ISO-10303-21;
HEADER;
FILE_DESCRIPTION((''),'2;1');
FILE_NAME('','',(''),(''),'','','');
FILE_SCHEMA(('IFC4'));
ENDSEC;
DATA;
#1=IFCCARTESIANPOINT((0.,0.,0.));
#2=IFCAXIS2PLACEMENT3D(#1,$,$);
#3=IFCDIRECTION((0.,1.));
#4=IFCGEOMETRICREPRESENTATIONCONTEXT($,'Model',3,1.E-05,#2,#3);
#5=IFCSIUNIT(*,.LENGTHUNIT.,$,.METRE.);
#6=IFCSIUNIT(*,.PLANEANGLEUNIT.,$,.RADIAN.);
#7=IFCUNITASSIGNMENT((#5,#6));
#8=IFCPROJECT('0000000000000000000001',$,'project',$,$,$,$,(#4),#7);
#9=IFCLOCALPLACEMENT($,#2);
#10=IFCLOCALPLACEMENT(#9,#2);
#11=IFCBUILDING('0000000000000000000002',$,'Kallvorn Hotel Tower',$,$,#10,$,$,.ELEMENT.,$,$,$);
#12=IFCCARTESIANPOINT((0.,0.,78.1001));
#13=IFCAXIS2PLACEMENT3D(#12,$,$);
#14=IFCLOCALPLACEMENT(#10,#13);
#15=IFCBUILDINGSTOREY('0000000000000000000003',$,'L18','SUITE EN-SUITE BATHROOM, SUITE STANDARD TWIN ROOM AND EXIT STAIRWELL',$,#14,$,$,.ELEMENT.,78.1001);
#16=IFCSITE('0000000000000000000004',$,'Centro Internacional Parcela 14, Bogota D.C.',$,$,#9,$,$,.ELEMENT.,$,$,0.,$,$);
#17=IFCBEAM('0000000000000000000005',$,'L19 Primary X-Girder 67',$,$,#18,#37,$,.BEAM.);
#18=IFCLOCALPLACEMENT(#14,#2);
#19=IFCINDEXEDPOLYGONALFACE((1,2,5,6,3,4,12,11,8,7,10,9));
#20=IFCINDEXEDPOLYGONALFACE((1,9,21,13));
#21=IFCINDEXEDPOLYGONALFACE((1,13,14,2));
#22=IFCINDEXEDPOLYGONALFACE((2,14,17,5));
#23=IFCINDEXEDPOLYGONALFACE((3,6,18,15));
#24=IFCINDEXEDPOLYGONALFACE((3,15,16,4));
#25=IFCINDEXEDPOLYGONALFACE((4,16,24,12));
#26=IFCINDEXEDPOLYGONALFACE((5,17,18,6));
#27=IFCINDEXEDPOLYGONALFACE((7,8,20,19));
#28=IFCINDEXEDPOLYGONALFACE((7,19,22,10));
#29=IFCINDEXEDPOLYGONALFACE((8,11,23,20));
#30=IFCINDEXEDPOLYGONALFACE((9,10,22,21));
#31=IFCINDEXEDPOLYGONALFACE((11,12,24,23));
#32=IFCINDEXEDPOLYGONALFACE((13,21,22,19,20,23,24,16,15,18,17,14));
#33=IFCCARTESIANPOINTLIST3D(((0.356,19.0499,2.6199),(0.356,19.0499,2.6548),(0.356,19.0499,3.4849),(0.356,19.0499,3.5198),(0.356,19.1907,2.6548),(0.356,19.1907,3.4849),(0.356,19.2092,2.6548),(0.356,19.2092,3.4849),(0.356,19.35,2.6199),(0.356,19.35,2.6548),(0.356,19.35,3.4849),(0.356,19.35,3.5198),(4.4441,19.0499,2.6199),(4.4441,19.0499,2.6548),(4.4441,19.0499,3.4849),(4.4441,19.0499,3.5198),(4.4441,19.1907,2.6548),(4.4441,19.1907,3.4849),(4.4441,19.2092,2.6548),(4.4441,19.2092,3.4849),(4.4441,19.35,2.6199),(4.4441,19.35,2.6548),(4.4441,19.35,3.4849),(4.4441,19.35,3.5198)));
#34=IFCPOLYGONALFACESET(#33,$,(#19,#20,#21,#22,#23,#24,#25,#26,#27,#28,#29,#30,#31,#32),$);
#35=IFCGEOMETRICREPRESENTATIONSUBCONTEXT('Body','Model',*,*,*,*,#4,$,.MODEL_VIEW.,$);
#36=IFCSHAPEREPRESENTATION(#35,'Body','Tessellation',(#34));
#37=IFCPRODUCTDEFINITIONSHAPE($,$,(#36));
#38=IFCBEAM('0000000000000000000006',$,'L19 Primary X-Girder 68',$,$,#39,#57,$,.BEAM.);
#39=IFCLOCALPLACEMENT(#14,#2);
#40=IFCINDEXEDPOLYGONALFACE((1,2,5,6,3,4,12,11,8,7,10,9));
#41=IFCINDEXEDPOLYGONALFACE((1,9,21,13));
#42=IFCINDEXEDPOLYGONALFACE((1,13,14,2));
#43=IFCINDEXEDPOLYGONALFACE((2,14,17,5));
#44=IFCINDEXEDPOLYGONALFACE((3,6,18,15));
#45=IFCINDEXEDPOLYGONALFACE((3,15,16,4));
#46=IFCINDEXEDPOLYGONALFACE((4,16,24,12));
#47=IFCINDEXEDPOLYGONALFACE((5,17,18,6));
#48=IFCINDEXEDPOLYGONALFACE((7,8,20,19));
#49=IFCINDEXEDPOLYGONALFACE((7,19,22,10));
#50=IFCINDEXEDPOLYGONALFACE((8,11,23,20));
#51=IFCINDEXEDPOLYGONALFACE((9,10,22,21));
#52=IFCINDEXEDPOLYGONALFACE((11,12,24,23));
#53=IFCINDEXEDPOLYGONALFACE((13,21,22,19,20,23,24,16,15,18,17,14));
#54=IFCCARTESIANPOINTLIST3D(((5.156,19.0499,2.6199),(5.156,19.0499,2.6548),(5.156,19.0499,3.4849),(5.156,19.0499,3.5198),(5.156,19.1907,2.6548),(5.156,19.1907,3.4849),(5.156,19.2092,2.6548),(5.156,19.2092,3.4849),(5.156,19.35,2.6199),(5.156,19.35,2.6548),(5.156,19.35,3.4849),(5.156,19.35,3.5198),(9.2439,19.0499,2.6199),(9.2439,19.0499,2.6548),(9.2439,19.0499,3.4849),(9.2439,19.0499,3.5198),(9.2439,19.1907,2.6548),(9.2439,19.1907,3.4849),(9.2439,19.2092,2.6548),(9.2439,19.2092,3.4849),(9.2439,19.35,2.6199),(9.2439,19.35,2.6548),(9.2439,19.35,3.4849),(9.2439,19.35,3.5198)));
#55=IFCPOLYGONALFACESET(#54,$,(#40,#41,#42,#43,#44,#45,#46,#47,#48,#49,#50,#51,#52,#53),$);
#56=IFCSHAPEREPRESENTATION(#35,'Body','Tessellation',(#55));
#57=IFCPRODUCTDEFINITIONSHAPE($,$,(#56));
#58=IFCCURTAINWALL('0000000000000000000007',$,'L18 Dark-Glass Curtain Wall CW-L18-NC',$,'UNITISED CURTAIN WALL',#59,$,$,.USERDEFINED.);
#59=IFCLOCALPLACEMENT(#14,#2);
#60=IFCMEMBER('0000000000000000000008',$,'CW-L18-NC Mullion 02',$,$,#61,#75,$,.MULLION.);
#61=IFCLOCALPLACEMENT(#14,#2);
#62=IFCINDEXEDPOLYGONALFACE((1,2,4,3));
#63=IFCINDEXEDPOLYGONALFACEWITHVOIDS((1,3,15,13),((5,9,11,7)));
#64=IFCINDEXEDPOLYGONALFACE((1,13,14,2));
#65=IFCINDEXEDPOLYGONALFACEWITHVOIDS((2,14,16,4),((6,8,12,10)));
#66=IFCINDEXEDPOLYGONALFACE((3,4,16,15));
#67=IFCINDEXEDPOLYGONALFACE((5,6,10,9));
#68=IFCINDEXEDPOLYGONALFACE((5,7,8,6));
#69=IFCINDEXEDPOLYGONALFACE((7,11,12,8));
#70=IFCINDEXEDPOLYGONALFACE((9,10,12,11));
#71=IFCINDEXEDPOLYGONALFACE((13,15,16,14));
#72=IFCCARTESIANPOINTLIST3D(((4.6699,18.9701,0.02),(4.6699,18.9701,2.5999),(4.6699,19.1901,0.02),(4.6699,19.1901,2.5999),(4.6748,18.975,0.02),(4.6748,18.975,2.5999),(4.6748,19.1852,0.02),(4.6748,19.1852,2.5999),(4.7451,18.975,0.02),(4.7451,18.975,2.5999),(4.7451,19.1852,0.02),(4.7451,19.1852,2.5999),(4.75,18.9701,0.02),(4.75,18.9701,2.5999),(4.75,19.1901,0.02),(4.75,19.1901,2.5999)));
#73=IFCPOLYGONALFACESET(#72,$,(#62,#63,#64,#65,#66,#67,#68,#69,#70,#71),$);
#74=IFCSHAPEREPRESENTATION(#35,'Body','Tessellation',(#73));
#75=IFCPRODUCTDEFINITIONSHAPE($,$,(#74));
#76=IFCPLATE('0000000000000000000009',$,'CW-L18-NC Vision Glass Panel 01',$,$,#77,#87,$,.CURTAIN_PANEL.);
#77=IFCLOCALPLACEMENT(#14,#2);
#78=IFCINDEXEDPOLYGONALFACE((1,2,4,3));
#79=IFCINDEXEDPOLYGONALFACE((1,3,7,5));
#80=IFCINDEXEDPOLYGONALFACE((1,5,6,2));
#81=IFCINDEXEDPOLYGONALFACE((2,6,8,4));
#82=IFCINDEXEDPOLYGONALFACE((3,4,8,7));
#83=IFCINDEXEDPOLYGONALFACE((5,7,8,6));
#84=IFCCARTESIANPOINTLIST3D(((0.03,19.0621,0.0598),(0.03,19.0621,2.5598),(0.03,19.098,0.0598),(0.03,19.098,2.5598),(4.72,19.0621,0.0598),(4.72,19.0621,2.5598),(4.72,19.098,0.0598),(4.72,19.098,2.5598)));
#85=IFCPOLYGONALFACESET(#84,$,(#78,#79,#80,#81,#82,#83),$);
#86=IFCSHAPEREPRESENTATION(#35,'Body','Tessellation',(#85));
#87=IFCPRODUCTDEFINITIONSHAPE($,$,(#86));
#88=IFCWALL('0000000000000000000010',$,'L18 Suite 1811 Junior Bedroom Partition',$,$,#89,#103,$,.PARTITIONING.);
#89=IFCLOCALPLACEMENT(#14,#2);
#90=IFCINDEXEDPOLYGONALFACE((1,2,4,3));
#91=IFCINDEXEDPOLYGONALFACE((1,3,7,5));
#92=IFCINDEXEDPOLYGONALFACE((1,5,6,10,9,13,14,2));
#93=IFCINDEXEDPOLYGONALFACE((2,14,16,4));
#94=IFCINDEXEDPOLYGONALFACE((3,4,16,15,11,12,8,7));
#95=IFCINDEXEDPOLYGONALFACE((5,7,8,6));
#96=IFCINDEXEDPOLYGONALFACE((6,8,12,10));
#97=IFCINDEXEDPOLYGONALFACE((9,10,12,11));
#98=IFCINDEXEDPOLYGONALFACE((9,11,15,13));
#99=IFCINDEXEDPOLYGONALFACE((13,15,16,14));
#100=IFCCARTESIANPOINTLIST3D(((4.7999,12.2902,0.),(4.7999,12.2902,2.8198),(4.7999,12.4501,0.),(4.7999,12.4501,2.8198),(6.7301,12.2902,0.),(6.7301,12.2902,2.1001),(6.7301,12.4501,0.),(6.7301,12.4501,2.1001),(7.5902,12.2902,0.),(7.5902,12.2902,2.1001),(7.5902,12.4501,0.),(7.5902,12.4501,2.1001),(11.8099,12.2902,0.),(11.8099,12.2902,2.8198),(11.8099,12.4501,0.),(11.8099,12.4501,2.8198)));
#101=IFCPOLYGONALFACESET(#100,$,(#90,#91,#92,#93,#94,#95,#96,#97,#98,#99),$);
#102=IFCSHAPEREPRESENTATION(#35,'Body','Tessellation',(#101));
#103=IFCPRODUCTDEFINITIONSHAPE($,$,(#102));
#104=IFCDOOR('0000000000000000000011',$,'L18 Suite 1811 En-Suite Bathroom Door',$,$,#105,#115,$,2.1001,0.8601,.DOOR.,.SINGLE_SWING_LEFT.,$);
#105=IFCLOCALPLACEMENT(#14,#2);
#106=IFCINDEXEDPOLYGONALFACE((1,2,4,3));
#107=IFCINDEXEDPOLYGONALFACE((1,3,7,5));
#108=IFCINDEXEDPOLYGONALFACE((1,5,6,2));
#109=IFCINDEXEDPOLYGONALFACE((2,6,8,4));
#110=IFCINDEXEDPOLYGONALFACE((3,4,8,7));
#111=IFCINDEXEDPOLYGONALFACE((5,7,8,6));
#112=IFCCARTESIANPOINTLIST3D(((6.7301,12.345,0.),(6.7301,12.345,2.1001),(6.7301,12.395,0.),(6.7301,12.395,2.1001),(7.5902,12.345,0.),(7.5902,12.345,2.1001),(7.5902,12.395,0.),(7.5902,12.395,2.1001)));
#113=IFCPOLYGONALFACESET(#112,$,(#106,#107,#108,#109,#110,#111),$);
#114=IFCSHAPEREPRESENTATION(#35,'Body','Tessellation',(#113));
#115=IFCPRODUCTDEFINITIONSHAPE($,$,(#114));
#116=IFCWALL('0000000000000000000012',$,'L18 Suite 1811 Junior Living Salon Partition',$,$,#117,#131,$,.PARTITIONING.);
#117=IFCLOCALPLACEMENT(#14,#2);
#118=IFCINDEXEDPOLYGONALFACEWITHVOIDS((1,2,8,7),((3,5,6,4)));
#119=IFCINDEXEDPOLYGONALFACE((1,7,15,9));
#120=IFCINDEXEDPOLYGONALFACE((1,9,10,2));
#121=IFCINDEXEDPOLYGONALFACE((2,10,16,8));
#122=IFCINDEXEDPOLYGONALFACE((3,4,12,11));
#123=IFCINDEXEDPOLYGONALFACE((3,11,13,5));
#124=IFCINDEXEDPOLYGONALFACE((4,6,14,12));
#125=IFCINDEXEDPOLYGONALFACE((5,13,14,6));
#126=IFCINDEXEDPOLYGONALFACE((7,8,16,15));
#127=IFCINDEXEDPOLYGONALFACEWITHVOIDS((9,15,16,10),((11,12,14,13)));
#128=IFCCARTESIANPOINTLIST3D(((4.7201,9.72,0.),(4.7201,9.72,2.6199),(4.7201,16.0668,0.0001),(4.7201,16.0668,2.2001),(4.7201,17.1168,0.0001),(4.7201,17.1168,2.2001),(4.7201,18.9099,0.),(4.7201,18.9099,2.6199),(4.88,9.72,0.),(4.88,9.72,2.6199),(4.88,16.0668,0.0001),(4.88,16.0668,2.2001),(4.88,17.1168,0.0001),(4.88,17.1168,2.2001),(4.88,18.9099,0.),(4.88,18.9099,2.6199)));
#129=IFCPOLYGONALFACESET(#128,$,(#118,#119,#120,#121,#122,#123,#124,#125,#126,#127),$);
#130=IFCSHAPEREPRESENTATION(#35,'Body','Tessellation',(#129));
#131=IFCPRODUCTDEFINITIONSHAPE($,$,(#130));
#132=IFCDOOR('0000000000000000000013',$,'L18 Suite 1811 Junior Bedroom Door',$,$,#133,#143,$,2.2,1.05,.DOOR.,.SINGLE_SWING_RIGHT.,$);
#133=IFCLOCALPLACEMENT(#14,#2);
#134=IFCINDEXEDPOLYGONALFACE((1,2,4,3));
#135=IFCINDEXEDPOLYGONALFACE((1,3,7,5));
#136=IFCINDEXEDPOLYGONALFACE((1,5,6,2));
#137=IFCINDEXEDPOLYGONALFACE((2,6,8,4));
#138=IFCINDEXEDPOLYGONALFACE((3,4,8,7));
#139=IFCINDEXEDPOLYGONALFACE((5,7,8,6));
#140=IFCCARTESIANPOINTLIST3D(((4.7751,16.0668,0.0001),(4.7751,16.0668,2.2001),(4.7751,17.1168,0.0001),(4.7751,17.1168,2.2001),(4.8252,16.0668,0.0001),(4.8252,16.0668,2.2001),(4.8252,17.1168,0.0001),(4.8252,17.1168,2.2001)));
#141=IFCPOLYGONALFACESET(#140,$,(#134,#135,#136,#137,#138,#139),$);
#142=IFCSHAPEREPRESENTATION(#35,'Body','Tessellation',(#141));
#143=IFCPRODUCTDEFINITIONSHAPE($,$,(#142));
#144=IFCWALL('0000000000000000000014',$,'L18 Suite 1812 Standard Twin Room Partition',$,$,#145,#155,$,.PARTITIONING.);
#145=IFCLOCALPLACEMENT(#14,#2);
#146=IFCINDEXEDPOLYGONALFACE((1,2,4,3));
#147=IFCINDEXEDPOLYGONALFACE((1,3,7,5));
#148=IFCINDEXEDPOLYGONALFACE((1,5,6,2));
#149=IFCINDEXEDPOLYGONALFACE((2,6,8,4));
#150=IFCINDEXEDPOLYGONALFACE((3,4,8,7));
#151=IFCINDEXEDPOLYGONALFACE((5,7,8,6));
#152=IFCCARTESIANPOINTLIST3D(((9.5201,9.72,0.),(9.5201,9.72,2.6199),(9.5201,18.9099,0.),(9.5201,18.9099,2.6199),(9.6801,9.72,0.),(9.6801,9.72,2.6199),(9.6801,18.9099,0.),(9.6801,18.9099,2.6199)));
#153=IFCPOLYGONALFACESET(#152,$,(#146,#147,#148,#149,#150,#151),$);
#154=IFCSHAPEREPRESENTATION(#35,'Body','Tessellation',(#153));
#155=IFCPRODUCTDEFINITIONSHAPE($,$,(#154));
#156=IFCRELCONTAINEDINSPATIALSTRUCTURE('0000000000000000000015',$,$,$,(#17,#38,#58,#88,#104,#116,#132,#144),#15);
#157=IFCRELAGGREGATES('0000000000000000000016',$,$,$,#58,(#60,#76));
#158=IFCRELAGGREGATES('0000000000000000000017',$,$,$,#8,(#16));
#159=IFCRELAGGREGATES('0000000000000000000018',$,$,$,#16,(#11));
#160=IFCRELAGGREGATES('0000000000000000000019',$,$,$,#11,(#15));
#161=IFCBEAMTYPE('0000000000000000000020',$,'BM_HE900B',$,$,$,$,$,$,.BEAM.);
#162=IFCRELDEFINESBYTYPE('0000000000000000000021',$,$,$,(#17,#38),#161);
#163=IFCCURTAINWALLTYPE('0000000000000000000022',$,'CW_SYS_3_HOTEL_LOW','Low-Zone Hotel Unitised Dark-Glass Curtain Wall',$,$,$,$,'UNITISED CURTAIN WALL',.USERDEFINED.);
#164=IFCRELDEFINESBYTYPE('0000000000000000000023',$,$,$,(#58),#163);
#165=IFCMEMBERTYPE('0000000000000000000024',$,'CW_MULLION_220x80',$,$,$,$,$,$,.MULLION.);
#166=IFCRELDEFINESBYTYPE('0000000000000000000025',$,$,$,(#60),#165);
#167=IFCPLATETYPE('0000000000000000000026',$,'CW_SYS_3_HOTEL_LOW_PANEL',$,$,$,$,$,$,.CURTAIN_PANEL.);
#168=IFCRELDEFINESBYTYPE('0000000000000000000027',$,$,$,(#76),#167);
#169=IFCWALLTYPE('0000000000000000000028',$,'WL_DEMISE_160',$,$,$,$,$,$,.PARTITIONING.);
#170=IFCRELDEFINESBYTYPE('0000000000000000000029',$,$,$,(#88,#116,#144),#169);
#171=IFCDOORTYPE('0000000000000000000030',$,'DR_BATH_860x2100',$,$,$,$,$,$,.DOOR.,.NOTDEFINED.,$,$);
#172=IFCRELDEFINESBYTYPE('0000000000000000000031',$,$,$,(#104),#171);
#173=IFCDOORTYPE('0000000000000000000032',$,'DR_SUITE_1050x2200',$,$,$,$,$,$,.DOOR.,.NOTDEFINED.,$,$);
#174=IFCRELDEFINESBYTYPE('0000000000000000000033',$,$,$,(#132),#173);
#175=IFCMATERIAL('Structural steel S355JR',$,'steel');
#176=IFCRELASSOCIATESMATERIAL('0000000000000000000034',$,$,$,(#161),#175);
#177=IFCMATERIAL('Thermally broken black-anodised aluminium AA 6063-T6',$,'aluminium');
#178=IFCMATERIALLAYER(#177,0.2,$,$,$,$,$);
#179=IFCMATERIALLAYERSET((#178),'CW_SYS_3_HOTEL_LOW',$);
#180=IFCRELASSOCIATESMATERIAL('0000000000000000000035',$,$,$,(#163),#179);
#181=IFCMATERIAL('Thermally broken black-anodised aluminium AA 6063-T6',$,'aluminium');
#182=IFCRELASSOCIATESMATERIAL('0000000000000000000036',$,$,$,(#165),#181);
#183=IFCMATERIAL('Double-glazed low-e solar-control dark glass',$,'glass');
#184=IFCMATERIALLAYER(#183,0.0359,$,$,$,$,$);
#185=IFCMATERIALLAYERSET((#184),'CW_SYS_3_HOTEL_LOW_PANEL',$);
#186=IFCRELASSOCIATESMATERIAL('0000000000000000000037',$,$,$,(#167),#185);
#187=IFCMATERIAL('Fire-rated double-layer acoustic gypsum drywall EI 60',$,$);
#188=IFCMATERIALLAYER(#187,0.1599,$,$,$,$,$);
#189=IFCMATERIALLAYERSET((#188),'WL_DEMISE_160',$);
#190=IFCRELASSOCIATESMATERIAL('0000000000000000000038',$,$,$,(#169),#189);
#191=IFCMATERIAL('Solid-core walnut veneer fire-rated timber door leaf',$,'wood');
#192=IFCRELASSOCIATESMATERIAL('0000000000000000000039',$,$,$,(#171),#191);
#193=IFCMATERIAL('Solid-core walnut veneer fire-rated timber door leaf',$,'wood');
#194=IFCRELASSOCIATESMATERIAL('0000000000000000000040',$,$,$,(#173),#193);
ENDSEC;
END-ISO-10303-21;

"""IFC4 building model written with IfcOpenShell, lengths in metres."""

from ifc_helpers import new_model, si_unit, direction, frame, frame_2d, origin, origin_2d, place, context, subcontext, project, spatial, rectangle, hollow_rectangle, i_section, extrude, material, layer, layer_set, material_profile, profile_set, type_object, element, fill, aggregate, save


model = new_model("IFC4")

# Units and contexts
model_context = context("Model", 3, precision=1e-05, world=origin(), true_north=direction((0.0, 1.0)))
body_context = subcontext(model_context, "Body", "Model", "MODEL_VIEW")
ifc_project = project(units=[si_unit("LENGTHUNIT", "METRE"), si_unit("PLANEANGLEUNIT", "RADIAN")], contexts=[model_context])

# Site, building, storey
site_placement = place(None, origin())
site = spatial("IfcSite", under=ifc_project, at=site_placement, Name="Centro Internacional Parcela 14, Bogota D.C.", CompositionType="ELEMENT", RefElevation=0.0)
building_placement = place(site_placement, origin())
building = spatial("IfcBuilding", under=site, at=building_placement, Name="Kallvorn Hotel Tower", CompositionType="ELEMENT")
storey_placement = place(building_placement, frame((0.0, 0.0, 78.1001)))
storey = spatial("IfcBuildingStorey", under=building, at=storey_placement, Name="L18", Description="SUITE EN-SUITE BATHROOM, SUITE STANDARD TWIN ROOM AND EXIT STAIRWELL", CompositionType="ELEMENT", Elevation=78.1001)

# Beams
ifc_material_1 = material(Name="Structural steel S355JR", Category="steel")
ifc_material_profile_1 = material_profile(ifc_material_1, i_section(OverallWidth=0.3, OverallDepth=0.8999, WebThickness=0.0186, FlangeThickness=0.0349, at=origin_2d()), Name="HE 900 B")
ifc_profile_set_1 = profile_set([ifc_material_profile_1], Name="Structural steel S355JR")
beam_type_1 = type_object("IfcBeamType", Name="BM_HE900B", PredefinedType="BEAM", material=ifc_profile_set_1)
beam_1_placement = place(storey_placement, frame((0.356, 19.2, 3.0698), z_axis=(1.0, 0.0, 0.0), x_axis=(0.0, 1.0, 0.0)))
element("IfcBeam", 1, at=beam_1_placement, inside=storey, type_object=beam_type_1, Name="L19 Primary X-Girder 67", PredefinedType="BEAM", context=body_context, shape_type="SweptSolid", body=[
    extrude(i_section(OverallWidth=0.3, OverallDepth=0.8999, WebThickness=0.0186, FlangeThickness=0.0349, at=origin_2d()), origin(), (0.0, 0.0, 1.0), 4.0881),
])
beam_2_placement = place(storey_placement, frame((5.156, 19.2, 3.0698), z_axis=(1.0, 0.0, 0.0), x_axis=(0.0, 1.0, 0.0)))
element("IfcBeam", 2, at=beam_2_placement, inside=storey, type_object=beam_type_1, Name="L19 Primary X-Girder 68", PredefinedType="BEAM", context=body_context, shape_type="SweptSolid", body=[
    extrude(i_section(OverallWidth=0.3, OverallDepth=0.8999, WebThickness=0.0186, FlangeThickness=0.0349, at=origin_2d()), origin(), (0.0, 0.0, 1.0), 4.0879),
])

# Curtain wall, member, plate
ifc_material_2 = material(Name="Thermally broken black-anodised aluminium AA 6063-T6", Category="aluminium")
ifc_layer_1 = layer(ifc_material_2, 0.2)
ifc_layer_set_1 = layer_set([ifc_layer_1], Name="CW_SYS_3_HOTEL_LOW")
curtain_wall_type = type_object("IfcCurtainWallType", Name="CW_SYS_3_HOTEL_LOW", Description="Low-Zone Hotel Unitised Dark-Glass Curtain Wall", ElementType="UNITISED CURTAIN WALL", PredefinedType="USERDEFINED", material=ifc_layer_set_1)
curtain_wall_placement = place(storey_placement, origin())
curtain_wall = element("IfcCurtainWall", 3, at=curtain_wall_placement, inside=storey, type_object=curtain_wall_type, Name="L18 Dark-Glass Curtain Wall CW-L18-NC", ObjectType="UNITISED CURTAIN WALL", PredefinedType="USERDEFINED")
ifc_material_3 = material(Name="Thermally broken black-anodised aluminium AA 6063-T6", Category="aluminium")
ifc_material_profile_2 = material_profile(ifc_material_3, hollow_rectangle(XDim=0.0801, YDim=0.22, WallThickness=0.0049, at=origin_2d()), Name="MUL 220x80")
ifc_profile_set_2 = profile_set([ifc_material_profile_2], Name="Thermally broken black-anodised aluminium AA 6063-T6")
member_type = type_object("IfcMemberType", Name="CW_MULLION_220x80", PredefinedType="MULLION", material=ifc_profile_set_2)
member_placement = place(storey_placement, frame((4.71, 19.0801, 0.02), z_axis=(0.0, 0.0, 1.0), x_axis=(1.0, 0.0, 0.0)))
member = element("IfcMember", 4, at=member_placement, type_object=member_type, Name="CW-L18-NC Mullion 02", PredefinedType="MULLION", context=body_context, shape_type="SweptSolid", body=[
    extrude(hollow_rectangle(XDim=0.0801, YDim=0.22, WallThickness=0.0049, at=origin_2d()), origin(), (0.0, 0.0, 1.0), 2.5798),
])
ifc_material_4 = material(Name="Double-glazed low-e solar-control dark glass", Category="glass")
ifc_layer_2 = layer(ifc_material_4, 0.0359)
ifc_layer_set_2 = layer_set([ifc_layer_2], Name="CW_SYS_3_HOTEL_LOW_PANEL")
plate_type = type_object("IfcPlateType", Name="CW_SYS_3_HOTEL_LOW_PANEL", PredefinedType="CURTAIN_PANEL", material=ifc_layer_set_2)
plate_placement = place(storey_placement, frame((2.375, 19.0801, 0.0598), z_axis=(0.0, 0.0, 1.0), x_axis=(1.0, 0.0, 0.0)))
plate = element("IfcPlate", 5, at=plate_placement, type_object=plate_type, Name="CW-L18-NC Vision Glass Panel 01", PredefinedType="CURTAIN_PANEL", context=body_context, shape_type="SweptSolid", body=[
    extrude(rectangle(XDim=4.6899, YDim=0.0359, at=origin_2d()), origin(), (0.0, 0.0, 1.0), 2.5),
])
aggregate(curtain_wall, [member, plate])

# Walls, openings, doors
ifc_material_5 = material(Name="Fire-rated double-layer acoustic gypsum drywall EI 60")
ifc_layer_3 = layer(ifc_material_5, 0.1599)
ifc_layer_set_3 = layer_set([ifc_layer_3], Name="WL_DEMISE_160")
wall_type_1 = type_object("IfcWallType", Name="WL_DEMISE_160", PredefinedType="PARTITIONING", material=ifc_layer_set_3)
wall_1_placement = place(storey_placement, frame((4.8, 12.3701, 0.0), z_axis=(0.0, 0.0, 1.0), x_axis=(1.0, 0.0, 0.0)))
wall_1 = element("IfcWall", 6, at=wall_1_placement, inside=storey, type_object=wall_type_1, Name="L18 Suite 1811 Junior Bedroom Partition", PredefinedType="PARTITIONING", context=body_context, shape_type="SweptSolid", body=[
    extrude(rectangle(XDim=7.01, YDim=0.1599, at=frame_2d((3.5049, 0.0))), origin(), (0.0, 0.0, 1.0), 2.8198),
])
opening_1_placement = place(wall_1_placement, frame((1.9299, 0.0, 0.0)))
opening_1 = element("IfcOpeningElement", 7, at=opening_1_placement, cuts=wall_1, PredefinedType="OPENING", context=body_context, shape_type="SweptSolid", body=[
    extrude(rectangle(XDim=0.8601, YDim=2.1001, at=frame_2d((0.4302, 1.05))), frame((0.0, 0.095, 0.0), z_axis=(0.0, -1.0, 0.0), x_axis=(1.0, 0.0, 0.0)), (0.0, 0.0, 1.0), 0.1899),
])
ifc_material_6 = material(Name="Solid-core walnut veneer fire-rated timber door leaf", Category="wood")
door_type_1 = type_object("IfcDoorType", Name="DR_BATH_860x2100", OperationType="NOTDEFINED", PredefinedType="DOOR", material=ifc_material_6)
door_1_placement = place(opening_1_placement, origin())
door_1 = element("IfcDoor", 8, at=door_1_placement, inside=storey, type_object=door_type_1, Name="L18 Suite 1811 En-Suite Bathroom Door", OperationType="SINGLE_SWING_LEFT", OverallHeight=2.1001, OverallWidth=0.8601, PredefinedType="DOOR", context=body_context, shape_type="SweptSolid", body=[
    extrude(rectangle(XDim=0.8601, YDim=2.1001, at=frame_2d((0.4302, 1.05))), frame((0.0, 0.0249, 0.0), z_axis=(0.0, -1.0, 0.0), x_axis=(1.0, 0.0, 0.0)), (0.0, 0.0, 1.0), 0.05),
])
fill(opening_1, door_1)
wall_2_placement = place(storey_placement, frame((4.8, 9.72, 0.0), z_axis=(0.0, 0.0, 1.0), x_axis=(0.0, 1.0, 0.0)))
wall_2 = element("IfcWall", 9, at=wall_2_placement, inside=storey, type_object=wall_type_1, Name="L18 Suite 1811 Junior Living Salon Partition", PredefinedType="PARTITIONING", context=body_context, shape_type="SweptSolid", body=[
    extrude(rectangle(XDim=9.1899, YDim=0.1599, at=frame_2d((4.595, 0.0))), origin(), (0.0, 0.0, 1.0), 2.6199),
])
opening_2_placement = place(wall_2_placement, frame((6.3469, 0.0, 0.0)))
opening_2 = element("IfcOpeningElement", 10, at=opening_2_placement, cuts=wall_2, PredefinedType="OPENING", context=body_context, shape_type="SweptSolid", body=[
    extrude(rectangle(XDim=1.05, YDim=2.2, at=frame_2d((0.5249, 1.1001))), frame((0.0, 0.095, 0.0), z_axis=(0.0, -1.0, 0.0), x_axis=(1.0, 0.0, 0.0)), (0.0, 0.0, 1.0), 0.1899),
])
ifc_material_7 = material(Name="Solid-core walnut veneer fire-rated timber door leaf", Category="wood")
door_type_2 = type_object("IfcDoorType", Name="DR_SUITE_1050x2200", OperationType="NOTDEFINED", PredefinedType="DOOR", material=ifc_material_7)
door_2_placement = place(opening_2_placement, origin())
door_2 = element("IfcDoor", 11, at=door_2_placement, inside=storey, type_object=door_type_2, Name="L18 Suite 1811 Junior Bedroom Door", OperationType="SINGLE_SWING_RIGHT", OverallHeight=2.2, OverallWidth=1.05, PredefinedType="DOOR", context=body_context, shape_type="SweptSolid", body=[
    extrude(rectangle(XDim=1.05, YDim=2.2, at=frame_2d((0.5249, 1.1001))), frame((0.0, 0.0249, 0.0), z_axis=(0.0, -1.0, 0.0), x_axis=(1.0, 0.0, 0.0)), (0.0, 0.0, 1.0), 0.05),
])
fill(opening_2, door_2)

# Wall
wall_3_placement = place(storey_placement, frame((9.6001, 9.72, 0.0), z_axis=(0.0, 0.0, 1.0), x_axis=(0.0, 1.0, 0.0)))
element("IfcWall", 12, at=wall_3_placement, inside=storey, type_object=wall_type_1, Name="L18 Suite 1812 Standard Twin Room Partition", PredefinedType="PARTITIONING", context=body_context, shape_type="SweptSolid", body=[
    extrude(rectangle(XDim=9.1899, YDim=0.1599, at=frame_2d((4.595, 0.0))), origin(), (0.0, 0.0, 1.0), 2.6199),
])

save(model, "model.ifc")
